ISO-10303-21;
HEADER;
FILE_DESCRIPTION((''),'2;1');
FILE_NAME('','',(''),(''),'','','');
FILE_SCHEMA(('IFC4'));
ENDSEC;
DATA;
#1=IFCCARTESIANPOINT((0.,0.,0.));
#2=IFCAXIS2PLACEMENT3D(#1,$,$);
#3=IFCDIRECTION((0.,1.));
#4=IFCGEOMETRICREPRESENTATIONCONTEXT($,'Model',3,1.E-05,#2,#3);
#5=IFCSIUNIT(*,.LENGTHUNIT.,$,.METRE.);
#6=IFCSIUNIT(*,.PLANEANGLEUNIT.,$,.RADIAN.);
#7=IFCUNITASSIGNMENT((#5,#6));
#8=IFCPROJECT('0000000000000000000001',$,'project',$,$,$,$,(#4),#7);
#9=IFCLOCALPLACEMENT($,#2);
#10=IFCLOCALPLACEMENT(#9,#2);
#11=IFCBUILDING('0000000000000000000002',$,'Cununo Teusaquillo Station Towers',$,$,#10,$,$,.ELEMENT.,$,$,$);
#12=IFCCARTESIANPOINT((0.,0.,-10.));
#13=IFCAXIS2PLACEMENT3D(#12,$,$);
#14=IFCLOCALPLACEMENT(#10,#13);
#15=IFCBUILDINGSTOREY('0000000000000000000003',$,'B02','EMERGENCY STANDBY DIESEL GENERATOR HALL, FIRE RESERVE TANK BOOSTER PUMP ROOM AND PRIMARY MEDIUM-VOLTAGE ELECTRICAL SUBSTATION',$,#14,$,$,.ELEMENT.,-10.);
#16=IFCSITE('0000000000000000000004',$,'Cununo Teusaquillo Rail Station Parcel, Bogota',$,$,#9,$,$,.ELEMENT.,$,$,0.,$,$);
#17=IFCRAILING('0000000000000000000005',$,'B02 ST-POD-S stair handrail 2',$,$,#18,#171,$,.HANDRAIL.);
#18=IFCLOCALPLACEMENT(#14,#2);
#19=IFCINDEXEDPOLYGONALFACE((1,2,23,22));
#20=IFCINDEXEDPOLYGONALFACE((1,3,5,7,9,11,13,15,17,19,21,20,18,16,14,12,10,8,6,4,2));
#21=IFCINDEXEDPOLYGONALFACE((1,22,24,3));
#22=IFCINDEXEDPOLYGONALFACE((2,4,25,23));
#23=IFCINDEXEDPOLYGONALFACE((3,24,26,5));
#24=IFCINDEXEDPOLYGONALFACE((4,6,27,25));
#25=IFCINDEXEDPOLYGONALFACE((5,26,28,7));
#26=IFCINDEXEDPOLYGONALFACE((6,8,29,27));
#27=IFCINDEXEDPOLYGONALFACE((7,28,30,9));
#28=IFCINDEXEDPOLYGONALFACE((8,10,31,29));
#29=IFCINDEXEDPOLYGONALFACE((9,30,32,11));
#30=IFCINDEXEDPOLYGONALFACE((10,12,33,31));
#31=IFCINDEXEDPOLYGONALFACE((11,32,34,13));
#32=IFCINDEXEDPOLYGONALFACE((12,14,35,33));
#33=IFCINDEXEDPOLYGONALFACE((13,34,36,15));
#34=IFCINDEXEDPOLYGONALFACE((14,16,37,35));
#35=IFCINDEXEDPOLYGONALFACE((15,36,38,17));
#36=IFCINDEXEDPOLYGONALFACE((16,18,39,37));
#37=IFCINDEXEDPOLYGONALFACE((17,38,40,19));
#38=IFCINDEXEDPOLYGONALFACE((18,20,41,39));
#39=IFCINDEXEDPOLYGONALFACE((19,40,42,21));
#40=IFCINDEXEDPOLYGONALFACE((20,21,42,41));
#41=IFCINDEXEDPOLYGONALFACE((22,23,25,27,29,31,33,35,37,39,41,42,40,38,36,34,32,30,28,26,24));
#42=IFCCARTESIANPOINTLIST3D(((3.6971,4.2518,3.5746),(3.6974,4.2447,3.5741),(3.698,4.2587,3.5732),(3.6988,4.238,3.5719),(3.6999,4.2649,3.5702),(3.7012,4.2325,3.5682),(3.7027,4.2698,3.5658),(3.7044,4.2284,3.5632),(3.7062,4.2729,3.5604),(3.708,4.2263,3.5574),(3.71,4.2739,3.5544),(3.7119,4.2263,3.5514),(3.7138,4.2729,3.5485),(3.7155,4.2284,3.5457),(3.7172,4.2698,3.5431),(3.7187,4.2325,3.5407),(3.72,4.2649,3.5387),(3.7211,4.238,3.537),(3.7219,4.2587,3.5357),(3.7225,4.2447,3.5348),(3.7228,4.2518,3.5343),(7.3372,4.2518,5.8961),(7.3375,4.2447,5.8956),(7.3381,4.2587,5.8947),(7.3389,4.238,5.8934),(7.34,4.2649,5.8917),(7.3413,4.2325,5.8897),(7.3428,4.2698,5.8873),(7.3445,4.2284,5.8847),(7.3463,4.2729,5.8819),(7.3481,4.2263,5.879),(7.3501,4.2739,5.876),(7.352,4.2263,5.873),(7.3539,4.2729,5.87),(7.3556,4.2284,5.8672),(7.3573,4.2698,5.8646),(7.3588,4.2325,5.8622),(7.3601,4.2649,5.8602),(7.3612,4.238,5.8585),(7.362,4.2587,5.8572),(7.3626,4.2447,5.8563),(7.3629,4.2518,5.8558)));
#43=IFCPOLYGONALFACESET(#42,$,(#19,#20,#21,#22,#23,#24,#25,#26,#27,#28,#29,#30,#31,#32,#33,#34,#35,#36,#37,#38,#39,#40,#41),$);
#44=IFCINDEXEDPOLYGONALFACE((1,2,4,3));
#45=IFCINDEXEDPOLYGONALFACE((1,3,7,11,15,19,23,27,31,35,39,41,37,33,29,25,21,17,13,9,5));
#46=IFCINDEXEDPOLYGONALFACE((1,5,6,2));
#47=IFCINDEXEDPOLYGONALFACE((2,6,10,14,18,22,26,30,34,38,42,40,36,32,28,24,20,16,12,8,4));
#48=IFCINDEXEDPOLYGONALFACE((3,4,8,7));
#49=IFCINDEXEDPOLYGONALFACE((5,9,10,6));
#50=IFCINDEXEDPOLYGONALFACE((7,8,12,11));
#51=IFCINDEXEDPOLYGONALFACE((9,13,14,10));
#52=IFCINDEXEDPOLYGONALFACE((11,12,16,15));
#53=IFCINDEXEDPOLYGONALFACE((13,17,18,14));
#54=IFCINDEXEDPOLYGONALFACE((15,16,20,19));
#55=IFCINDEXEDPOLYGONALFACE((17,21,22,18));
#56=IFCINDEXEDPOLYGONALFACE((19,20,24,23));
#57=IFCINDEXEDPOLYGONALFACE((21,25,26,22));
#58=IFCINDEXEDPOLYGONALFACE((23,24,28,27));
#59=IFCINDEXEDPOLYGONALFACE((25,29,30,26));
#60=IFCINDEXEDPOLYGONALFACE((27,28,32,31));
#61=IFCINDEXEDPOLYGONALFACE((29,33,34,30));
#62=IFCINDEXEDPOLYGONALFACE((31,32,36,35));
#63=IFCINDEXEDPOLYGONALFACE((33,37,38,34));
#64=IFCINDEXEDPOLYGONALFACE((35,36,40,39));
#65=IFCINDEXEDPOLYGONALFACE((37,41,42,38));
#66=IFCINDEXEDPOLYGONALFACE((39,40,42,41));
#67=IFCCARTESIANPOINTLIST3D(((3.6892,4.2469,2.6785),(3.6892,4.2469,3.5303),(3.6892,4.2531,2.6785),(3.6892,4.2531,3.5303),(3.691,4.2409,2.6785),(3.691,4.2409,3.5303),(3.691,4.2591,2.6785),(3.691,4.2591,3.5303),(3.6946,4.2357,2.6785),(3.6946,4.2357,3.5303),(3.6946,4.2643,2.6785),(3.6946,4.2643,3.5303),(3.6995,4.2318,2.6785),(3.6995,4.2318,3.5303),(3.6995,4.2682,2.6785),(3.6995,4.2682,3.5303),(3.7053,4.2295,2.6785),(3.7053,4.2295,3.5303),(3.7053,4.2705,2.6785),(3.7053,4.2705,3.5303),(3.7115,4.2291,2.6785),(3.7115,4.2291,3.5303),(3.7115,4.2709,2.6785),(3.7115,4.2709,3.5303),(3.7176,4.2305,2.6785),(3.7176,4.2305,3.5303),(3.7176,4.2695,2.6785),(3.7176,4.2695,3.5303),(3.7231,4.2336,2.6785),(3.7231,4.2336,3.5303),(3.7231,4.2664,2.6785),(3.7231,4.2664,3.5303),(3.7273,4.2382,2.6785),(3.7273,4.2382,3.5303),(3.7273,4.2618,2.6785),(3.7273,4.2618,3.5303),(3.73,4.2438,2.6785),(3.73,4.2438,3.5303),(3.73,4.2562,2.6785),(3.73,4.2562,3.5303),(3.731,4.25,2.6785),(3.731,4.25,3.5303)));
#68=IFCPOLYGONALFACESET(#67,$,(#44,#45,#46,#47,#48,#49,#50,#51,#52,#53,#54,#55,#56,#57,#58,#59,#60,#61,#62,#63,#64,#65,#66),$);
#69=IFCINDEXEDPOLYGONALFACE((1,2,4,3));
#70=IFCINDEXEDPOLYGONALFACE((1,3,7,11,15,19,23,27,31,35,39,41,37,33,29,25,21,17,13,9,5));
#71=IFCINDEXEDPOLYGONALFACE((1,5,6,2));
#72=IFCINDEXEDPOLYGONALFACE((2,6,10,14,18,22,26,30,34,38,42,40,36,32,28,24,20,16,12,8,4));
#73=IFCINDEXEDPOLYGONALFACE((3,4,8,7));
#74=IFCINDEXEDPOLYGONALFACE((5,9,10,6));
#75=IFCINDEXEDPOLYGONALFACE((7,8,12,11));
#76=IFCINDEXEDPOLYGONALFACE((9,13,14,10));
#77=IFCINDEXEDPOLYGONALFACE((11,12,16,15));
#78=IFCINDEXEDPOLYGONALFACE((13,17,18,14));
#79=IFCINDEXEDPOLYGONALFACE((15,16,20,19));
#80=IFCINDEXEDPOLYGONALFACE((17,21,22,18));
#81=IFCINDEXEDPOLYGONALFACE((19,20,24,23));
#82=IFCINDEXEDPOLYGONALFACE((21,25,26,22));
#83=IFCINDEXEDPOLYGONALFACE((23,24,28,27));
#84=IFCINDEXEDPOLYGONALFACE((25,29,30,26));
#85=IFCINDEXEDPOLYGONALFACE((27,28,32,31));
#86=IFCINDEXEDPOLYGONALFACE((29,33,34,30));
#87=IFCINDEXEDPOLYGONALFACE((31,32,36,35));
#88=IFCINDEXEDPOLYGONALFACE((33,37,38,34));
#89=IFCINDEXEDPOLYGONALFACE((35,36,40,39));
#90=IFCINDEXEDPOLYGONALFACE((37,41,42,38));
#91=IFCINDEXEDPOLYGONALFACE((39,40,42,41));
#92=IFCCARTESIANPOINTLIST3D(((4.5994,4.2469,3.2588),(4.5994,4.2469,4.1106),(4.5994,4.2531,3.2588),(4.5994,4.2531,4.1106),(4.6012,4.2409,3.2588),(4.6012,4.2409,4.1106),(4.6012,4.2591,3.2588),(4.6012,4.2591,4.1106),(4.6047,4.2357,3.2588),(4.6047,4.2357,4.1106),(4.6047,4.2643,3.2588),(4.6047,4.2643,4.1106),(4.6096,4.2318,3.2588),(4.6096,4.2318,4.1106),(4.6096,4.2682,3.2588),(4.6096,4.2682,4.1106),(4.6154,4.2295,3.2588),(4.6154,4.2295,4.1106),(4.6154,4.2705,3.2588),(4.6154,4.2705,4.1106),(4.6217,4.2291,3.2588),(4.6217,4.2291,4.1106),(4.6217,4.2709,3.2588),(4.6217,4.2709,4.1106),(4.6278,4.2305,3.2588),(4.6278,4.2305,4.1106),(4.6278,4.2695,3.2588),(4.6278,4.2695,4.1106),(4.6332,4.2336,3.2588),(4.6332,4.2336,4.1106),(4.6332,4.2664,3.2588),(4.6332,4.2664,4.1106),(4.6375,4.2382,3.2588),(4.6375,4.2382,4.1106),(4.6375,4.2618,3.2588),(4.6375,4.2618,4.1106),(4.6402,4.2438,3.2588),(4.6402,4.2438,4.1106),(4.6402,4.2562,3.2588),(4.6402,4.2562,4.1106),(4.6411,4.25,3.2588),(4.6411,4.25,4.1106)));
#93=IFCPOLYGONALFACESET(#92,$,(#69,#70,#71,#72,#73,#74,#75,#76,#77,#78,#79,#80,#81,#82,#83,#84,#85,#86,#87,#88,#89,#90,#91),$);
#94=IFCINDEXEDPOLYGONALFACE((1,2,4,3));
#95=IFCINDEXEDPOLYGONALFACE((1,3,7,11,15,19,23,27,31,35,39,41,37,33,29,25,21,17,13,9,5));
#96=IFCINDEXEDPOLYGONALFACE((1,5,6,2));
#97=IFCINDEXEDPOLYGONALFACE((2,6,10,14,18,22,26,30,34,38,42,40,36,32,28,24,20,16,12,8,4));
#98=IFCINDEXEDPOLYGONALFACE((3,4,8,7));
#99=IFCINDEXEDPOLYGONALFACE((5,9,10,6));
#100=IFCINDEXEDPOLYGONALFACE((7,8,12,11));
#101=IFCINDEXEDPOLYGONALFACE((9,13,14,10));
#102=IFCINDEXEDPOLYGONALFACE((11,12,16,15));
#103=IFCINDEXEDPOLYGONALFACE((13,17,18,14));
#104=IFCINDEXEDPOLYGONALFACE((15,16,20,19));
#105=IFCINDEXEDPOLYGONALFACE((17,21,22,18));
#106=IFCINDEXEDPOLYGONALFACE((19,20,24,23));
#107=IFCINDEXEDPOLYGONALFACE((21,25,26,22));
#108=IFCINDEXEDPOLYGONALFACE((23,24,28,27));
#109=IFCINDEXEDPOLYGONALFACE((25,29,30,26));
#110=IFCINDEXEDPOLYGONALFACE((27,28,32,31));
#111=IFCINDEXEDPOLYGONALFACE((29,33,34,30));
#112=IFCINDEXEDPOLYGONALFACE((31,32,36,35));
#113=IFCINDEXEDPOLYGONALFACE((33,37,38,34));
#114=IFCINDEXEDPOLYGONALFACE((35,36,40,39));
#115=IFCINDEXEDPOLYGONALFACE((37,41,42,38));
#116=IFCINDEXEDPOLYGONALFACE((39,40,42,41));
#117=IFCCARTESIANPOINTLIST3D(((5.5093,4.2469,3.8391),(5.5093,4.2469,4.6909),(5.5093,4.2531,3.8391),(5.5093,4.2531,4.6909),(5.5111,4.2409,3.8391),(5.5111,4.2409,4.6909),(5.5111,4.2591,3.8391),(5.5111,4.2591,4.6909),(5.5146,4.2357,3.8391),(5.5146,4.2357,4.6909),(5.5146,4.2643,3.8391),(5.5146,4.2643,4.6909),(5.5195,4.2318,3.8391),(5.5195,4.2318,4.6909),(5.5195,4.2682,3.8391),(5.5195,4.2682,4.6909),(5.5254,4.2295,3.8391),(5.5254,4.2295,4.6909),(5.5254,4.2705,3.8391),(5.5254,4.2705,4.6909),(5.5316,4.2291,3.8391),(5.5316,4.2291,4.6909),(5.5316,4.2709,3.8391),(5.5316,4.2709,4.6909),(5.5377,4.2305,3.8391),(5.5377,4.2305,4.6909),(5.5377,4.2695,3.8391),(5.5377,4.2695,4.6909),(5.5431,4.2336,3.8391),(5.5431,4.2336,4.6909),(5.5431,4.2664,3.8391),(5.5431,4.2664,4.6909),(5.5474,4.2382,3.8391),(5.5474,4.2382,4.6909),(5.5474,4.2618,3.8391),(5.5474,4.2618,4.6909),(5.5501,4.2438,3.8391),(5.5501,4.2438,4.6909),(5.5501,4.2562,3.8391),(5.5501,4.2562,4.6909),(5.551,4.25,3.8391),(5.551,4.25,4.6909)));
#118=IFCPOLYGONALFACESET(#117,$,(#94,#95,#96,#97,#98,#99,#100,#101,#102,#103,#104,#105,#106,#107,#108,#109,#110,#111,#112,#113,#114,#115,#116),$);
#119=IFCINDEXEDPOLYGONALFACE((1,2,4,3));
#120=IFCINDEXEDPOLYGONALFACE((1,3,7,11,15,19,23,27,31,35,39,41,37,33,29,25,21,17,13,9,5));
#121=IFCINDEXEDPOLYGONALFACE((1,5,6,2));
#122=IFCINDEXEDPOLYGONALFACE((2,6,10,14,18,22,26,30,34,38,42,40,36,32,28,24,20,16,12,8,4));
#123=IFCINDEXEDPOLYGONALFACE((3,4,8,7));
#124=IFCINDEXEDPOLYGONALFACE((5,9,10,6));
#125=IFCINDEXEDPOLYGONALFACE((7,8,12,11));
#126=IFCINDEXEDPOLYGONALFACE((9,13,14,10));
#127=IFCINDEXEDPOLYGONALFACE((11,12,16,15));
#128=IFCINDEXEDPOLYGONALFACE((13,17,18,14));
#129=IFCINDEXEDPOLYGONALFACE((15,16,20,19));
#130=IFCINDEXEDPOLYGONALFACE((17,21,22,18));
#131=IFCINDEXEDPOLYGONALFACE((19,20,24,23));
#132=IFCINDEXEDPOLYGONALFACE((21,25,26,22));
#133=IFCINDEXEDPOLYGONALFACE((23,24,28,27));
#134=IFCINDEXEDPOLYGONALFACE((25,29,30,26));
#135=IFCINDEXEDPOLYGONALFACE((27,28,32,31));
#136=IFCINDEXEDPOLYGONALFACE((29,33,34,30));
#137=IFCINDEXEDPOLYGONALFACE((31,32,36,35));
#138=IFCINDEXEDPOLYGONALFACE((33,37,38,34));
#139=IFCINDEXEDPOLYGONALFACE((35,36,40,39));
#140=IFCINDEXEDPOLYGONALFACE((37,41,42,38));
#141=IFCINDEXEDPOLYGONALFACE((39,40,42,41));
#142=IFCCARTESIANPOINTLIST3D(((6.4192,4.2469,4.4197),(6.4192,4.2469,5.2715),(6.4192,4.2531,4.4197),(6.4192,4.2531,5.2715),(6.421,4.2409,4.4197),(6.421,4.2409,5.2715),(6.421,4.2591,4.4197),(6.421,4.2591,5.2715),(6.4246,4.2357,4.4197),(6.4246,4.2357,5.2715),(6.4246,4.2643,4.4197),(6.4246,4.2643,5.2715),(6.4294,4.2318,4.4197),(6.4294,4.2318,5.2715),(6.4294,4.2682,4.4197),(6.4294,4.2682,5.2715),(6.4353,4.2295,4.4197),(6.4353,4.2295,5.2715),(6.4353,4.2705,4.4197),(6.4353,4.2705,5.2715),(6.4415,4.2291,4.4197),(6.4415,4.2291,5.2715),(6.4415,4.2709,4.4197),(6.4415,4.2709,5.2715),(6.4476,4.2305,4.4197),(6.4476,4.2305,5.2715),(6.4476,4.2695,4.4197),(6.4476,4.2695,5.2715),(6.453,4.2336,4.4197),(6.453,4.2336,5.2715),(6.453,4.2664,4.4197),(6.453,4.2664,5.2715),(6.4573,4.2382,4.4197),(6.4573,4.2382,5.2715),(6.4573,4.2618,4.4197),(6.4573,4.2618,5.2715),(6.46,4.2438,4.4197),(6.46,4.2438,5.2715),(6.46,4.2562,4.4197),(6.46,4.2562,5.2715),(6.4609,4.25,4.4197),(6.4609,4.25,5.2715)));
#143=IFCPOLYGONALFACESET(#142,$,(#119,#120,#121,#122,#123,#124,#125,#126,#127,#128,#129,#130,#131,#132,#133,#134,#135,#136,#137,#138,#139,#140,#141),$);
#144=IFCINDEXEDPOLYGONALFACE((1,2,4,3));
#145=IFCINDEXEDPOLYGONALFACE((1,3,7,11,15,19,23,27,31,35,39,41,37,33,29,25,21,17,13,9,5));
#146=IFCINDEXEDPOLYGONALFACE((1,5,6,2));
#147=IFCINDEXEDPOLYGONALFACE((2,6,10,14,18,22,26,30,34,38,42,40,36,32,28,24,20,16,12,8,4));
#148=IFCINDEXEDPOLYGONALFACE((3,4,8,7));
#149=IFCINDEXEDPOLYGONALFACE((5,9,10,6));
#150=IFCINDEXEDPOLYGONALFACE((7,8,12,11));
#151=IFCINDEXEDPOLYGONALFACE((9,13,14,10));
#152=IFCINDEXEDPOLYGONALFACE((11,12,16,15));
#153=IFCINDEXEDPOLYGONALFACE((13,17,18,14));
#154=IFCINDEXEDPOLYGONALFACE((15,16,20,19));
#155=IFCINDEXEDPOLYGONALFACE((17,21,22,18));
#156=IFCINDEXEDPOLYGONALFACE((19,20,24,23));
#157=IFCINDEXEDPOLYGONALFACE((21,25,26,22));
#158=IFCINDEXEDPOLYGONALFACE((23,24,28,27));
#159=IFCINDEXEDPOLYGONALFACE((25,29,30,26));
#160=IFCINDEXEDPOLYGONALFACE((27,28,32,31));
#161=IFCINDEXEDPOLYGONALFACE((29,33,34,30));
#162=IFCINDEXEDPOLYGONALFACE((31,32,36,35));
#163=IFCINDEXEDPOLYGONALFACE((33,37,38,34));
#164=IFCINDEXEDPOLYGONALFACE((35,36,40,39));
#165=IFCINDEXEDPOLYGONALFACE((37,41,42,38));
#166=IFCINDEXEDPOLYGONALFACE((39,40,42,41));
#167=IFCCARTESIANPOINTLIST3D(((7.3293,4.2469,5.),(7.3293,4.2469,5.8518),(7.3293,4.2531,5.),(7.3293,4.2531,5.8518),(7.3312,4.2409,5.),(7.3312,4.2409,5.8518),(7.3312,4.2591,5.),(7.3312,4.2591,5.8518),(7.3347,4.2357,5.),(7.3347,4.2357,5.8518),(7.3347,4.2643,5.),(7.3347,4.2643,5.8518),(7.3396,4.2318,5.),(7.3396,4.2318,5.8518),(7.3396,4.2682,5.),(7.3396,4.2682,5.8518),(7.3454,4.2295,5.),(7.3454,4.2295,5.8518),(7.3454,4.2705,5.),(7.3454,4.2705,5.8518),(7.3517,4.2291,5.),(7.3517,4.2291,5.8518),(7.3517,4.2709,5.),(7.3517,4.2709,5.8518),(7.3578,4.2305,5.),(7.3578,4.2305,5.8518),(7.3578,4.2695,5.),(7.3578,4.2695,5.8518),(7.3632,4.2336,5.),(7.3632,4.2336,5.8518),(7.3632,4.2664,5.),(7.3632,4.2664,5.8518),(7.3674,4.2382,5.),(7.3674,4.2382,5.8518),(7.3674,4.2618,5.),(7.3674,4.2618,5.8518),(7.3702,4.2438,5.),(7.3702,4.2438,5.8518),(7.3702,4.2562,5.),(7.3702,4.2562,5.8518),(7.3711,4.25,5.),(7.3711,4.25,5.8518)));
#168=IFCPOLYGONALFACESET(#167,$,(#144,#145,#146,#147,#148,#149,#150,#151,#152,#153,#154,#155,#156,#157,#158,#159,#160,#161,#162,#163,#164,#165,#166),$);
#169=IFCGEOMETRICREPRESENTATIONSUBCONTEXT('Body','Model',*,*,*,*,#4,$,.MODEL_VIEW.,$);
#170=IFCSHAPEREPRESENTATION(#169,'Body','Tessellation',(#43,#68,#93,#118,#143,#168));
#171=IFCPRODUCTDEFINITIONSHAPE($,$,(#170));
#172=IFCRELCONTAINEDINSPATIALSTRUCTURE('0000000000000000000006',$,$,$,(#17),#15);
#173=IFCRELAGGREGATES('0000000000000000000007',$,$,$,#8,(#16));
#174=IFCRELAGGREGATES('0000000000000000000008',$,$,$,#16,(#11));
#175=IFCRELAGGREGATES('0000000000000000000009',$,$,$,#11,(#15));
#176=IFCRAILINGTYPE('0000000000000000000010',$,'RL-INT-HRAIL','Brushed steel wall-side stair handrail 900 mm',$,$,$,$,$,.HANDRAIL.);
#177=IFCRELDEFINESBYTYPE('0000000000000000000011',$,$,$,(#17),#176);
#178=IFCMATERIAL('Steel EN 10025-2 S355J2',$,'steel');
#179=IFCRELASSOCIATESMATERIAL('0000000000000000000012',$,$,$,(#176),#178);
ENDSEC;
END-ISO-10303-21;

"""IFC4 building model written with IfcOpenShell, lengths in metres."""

from ifc_helpers import new_model, si_unit, direction, frame, origin, origin_2d, place, context, subcontext, project, spatial, circle, extrude, material, type_object, element, save


model = new_model("IFC4")

# Units and contexts
model_context = context("Model", 3, precision=1e-05, world=origin(), true_north=direction((0.0, 1.0)))
body_context = subcontext(model_context, "Body", "Model", "MODEL_VIEW")
ifc_project = project(units=[si_unit("LENGTHUNIT", "METRE"), si_unit("PLANEANGLEUNIT", "RADIAN")], contexts=[model_context])

# Site, building, storey
site_placement = place(None, origin())
site = spatial("IfcSite", under=ifc_project, at=site_placement, Name="Cununo Teusaquillo Rail Station Parcel, Bogota", CompositionType="ELEMENT", RefElevation=0.0)
building_placement = place(site_placement, origin())
building = spatial("IfcBuilding", under=site, at=building_placement, Name="Cununo Teusaquillo Station Towers", CompositionType="ELEMENT")
storey_placement = place(building_placement, frame((0.0, 0.0, -10.0)))
storey = spatial("IfcBuildingStorey", under=building, at=storey_placement, Name="B02", Description="EMERGENCY STANDBY DIESEL GENERATOR HALL, FIRE RESERVE TANK BOOSTER PUMP ROOM AND PRIMARY MEDIUM-VOLTAGE ELECTRICAL SUBSTATION", CompositionType="ELEMENT", Elevation=-10.0)

# Railing
ifc_material_1 = material(Name="Steel EN 10025-2 S355J2", Category="steel")
railing_type_1 = type_object("IfcRailingType", Name="RL-INT-HRAIL", Description="Brushed steel wall-side stair handrail 900 mm", PredefinedType="HANDRAIL", material=ifc_material_1)
railing_1_placement = place(storey_placement, frame((3.71, 4.25, 2.6785)))
element("IfcRailing", 1, at=railing_1_placement, inside=storey, type_object=railing_type_1, Name="B02 ST-POD-S stair handrail 2", PredefinedType="HANDRAIL", context=body_context, shape_type="SweptSolid", body=[
    extrude(circle(Radius=0.0239, at=origin_2d()), frame((0.0, 0.0, 0.876), z_axis=(0.843128, 0.0, 0.537713), x_axis=(0.0, 1.0, 0.0)), (0.0, 0.0, 1.0), 4.3174),
    extrude(circle(Radius=0.021, at=origin_2d()), origin(), (0.0, 0.0, 1.0), 0.8518),
    extrude(circle(Radius=0.021, at=origin_2d()), frame((0.9102, 0.0, 0.5803)), (0.0, 0.0, 1.0), 0.8518),
    extrude(circle(Radius=0.021, at=origin_2d()), frame((1.8201, 0.0, 1.1606)), (0.0, 0.0, 1.0), 0.8518),
    extrude(circle(Radius=0.021, at=origin_2d()), frame((2.73, 0.0, 1.7412)), (0.0, 0.0, 1.0), 0.8518),
    extrude(circle(Radius=0.021, at=origin_2d()), frame((3.6401, 0.0, 2.3215)), (0.0, 0.0, 1.0), 0.8518),
])

save(model, "model.ifc")
